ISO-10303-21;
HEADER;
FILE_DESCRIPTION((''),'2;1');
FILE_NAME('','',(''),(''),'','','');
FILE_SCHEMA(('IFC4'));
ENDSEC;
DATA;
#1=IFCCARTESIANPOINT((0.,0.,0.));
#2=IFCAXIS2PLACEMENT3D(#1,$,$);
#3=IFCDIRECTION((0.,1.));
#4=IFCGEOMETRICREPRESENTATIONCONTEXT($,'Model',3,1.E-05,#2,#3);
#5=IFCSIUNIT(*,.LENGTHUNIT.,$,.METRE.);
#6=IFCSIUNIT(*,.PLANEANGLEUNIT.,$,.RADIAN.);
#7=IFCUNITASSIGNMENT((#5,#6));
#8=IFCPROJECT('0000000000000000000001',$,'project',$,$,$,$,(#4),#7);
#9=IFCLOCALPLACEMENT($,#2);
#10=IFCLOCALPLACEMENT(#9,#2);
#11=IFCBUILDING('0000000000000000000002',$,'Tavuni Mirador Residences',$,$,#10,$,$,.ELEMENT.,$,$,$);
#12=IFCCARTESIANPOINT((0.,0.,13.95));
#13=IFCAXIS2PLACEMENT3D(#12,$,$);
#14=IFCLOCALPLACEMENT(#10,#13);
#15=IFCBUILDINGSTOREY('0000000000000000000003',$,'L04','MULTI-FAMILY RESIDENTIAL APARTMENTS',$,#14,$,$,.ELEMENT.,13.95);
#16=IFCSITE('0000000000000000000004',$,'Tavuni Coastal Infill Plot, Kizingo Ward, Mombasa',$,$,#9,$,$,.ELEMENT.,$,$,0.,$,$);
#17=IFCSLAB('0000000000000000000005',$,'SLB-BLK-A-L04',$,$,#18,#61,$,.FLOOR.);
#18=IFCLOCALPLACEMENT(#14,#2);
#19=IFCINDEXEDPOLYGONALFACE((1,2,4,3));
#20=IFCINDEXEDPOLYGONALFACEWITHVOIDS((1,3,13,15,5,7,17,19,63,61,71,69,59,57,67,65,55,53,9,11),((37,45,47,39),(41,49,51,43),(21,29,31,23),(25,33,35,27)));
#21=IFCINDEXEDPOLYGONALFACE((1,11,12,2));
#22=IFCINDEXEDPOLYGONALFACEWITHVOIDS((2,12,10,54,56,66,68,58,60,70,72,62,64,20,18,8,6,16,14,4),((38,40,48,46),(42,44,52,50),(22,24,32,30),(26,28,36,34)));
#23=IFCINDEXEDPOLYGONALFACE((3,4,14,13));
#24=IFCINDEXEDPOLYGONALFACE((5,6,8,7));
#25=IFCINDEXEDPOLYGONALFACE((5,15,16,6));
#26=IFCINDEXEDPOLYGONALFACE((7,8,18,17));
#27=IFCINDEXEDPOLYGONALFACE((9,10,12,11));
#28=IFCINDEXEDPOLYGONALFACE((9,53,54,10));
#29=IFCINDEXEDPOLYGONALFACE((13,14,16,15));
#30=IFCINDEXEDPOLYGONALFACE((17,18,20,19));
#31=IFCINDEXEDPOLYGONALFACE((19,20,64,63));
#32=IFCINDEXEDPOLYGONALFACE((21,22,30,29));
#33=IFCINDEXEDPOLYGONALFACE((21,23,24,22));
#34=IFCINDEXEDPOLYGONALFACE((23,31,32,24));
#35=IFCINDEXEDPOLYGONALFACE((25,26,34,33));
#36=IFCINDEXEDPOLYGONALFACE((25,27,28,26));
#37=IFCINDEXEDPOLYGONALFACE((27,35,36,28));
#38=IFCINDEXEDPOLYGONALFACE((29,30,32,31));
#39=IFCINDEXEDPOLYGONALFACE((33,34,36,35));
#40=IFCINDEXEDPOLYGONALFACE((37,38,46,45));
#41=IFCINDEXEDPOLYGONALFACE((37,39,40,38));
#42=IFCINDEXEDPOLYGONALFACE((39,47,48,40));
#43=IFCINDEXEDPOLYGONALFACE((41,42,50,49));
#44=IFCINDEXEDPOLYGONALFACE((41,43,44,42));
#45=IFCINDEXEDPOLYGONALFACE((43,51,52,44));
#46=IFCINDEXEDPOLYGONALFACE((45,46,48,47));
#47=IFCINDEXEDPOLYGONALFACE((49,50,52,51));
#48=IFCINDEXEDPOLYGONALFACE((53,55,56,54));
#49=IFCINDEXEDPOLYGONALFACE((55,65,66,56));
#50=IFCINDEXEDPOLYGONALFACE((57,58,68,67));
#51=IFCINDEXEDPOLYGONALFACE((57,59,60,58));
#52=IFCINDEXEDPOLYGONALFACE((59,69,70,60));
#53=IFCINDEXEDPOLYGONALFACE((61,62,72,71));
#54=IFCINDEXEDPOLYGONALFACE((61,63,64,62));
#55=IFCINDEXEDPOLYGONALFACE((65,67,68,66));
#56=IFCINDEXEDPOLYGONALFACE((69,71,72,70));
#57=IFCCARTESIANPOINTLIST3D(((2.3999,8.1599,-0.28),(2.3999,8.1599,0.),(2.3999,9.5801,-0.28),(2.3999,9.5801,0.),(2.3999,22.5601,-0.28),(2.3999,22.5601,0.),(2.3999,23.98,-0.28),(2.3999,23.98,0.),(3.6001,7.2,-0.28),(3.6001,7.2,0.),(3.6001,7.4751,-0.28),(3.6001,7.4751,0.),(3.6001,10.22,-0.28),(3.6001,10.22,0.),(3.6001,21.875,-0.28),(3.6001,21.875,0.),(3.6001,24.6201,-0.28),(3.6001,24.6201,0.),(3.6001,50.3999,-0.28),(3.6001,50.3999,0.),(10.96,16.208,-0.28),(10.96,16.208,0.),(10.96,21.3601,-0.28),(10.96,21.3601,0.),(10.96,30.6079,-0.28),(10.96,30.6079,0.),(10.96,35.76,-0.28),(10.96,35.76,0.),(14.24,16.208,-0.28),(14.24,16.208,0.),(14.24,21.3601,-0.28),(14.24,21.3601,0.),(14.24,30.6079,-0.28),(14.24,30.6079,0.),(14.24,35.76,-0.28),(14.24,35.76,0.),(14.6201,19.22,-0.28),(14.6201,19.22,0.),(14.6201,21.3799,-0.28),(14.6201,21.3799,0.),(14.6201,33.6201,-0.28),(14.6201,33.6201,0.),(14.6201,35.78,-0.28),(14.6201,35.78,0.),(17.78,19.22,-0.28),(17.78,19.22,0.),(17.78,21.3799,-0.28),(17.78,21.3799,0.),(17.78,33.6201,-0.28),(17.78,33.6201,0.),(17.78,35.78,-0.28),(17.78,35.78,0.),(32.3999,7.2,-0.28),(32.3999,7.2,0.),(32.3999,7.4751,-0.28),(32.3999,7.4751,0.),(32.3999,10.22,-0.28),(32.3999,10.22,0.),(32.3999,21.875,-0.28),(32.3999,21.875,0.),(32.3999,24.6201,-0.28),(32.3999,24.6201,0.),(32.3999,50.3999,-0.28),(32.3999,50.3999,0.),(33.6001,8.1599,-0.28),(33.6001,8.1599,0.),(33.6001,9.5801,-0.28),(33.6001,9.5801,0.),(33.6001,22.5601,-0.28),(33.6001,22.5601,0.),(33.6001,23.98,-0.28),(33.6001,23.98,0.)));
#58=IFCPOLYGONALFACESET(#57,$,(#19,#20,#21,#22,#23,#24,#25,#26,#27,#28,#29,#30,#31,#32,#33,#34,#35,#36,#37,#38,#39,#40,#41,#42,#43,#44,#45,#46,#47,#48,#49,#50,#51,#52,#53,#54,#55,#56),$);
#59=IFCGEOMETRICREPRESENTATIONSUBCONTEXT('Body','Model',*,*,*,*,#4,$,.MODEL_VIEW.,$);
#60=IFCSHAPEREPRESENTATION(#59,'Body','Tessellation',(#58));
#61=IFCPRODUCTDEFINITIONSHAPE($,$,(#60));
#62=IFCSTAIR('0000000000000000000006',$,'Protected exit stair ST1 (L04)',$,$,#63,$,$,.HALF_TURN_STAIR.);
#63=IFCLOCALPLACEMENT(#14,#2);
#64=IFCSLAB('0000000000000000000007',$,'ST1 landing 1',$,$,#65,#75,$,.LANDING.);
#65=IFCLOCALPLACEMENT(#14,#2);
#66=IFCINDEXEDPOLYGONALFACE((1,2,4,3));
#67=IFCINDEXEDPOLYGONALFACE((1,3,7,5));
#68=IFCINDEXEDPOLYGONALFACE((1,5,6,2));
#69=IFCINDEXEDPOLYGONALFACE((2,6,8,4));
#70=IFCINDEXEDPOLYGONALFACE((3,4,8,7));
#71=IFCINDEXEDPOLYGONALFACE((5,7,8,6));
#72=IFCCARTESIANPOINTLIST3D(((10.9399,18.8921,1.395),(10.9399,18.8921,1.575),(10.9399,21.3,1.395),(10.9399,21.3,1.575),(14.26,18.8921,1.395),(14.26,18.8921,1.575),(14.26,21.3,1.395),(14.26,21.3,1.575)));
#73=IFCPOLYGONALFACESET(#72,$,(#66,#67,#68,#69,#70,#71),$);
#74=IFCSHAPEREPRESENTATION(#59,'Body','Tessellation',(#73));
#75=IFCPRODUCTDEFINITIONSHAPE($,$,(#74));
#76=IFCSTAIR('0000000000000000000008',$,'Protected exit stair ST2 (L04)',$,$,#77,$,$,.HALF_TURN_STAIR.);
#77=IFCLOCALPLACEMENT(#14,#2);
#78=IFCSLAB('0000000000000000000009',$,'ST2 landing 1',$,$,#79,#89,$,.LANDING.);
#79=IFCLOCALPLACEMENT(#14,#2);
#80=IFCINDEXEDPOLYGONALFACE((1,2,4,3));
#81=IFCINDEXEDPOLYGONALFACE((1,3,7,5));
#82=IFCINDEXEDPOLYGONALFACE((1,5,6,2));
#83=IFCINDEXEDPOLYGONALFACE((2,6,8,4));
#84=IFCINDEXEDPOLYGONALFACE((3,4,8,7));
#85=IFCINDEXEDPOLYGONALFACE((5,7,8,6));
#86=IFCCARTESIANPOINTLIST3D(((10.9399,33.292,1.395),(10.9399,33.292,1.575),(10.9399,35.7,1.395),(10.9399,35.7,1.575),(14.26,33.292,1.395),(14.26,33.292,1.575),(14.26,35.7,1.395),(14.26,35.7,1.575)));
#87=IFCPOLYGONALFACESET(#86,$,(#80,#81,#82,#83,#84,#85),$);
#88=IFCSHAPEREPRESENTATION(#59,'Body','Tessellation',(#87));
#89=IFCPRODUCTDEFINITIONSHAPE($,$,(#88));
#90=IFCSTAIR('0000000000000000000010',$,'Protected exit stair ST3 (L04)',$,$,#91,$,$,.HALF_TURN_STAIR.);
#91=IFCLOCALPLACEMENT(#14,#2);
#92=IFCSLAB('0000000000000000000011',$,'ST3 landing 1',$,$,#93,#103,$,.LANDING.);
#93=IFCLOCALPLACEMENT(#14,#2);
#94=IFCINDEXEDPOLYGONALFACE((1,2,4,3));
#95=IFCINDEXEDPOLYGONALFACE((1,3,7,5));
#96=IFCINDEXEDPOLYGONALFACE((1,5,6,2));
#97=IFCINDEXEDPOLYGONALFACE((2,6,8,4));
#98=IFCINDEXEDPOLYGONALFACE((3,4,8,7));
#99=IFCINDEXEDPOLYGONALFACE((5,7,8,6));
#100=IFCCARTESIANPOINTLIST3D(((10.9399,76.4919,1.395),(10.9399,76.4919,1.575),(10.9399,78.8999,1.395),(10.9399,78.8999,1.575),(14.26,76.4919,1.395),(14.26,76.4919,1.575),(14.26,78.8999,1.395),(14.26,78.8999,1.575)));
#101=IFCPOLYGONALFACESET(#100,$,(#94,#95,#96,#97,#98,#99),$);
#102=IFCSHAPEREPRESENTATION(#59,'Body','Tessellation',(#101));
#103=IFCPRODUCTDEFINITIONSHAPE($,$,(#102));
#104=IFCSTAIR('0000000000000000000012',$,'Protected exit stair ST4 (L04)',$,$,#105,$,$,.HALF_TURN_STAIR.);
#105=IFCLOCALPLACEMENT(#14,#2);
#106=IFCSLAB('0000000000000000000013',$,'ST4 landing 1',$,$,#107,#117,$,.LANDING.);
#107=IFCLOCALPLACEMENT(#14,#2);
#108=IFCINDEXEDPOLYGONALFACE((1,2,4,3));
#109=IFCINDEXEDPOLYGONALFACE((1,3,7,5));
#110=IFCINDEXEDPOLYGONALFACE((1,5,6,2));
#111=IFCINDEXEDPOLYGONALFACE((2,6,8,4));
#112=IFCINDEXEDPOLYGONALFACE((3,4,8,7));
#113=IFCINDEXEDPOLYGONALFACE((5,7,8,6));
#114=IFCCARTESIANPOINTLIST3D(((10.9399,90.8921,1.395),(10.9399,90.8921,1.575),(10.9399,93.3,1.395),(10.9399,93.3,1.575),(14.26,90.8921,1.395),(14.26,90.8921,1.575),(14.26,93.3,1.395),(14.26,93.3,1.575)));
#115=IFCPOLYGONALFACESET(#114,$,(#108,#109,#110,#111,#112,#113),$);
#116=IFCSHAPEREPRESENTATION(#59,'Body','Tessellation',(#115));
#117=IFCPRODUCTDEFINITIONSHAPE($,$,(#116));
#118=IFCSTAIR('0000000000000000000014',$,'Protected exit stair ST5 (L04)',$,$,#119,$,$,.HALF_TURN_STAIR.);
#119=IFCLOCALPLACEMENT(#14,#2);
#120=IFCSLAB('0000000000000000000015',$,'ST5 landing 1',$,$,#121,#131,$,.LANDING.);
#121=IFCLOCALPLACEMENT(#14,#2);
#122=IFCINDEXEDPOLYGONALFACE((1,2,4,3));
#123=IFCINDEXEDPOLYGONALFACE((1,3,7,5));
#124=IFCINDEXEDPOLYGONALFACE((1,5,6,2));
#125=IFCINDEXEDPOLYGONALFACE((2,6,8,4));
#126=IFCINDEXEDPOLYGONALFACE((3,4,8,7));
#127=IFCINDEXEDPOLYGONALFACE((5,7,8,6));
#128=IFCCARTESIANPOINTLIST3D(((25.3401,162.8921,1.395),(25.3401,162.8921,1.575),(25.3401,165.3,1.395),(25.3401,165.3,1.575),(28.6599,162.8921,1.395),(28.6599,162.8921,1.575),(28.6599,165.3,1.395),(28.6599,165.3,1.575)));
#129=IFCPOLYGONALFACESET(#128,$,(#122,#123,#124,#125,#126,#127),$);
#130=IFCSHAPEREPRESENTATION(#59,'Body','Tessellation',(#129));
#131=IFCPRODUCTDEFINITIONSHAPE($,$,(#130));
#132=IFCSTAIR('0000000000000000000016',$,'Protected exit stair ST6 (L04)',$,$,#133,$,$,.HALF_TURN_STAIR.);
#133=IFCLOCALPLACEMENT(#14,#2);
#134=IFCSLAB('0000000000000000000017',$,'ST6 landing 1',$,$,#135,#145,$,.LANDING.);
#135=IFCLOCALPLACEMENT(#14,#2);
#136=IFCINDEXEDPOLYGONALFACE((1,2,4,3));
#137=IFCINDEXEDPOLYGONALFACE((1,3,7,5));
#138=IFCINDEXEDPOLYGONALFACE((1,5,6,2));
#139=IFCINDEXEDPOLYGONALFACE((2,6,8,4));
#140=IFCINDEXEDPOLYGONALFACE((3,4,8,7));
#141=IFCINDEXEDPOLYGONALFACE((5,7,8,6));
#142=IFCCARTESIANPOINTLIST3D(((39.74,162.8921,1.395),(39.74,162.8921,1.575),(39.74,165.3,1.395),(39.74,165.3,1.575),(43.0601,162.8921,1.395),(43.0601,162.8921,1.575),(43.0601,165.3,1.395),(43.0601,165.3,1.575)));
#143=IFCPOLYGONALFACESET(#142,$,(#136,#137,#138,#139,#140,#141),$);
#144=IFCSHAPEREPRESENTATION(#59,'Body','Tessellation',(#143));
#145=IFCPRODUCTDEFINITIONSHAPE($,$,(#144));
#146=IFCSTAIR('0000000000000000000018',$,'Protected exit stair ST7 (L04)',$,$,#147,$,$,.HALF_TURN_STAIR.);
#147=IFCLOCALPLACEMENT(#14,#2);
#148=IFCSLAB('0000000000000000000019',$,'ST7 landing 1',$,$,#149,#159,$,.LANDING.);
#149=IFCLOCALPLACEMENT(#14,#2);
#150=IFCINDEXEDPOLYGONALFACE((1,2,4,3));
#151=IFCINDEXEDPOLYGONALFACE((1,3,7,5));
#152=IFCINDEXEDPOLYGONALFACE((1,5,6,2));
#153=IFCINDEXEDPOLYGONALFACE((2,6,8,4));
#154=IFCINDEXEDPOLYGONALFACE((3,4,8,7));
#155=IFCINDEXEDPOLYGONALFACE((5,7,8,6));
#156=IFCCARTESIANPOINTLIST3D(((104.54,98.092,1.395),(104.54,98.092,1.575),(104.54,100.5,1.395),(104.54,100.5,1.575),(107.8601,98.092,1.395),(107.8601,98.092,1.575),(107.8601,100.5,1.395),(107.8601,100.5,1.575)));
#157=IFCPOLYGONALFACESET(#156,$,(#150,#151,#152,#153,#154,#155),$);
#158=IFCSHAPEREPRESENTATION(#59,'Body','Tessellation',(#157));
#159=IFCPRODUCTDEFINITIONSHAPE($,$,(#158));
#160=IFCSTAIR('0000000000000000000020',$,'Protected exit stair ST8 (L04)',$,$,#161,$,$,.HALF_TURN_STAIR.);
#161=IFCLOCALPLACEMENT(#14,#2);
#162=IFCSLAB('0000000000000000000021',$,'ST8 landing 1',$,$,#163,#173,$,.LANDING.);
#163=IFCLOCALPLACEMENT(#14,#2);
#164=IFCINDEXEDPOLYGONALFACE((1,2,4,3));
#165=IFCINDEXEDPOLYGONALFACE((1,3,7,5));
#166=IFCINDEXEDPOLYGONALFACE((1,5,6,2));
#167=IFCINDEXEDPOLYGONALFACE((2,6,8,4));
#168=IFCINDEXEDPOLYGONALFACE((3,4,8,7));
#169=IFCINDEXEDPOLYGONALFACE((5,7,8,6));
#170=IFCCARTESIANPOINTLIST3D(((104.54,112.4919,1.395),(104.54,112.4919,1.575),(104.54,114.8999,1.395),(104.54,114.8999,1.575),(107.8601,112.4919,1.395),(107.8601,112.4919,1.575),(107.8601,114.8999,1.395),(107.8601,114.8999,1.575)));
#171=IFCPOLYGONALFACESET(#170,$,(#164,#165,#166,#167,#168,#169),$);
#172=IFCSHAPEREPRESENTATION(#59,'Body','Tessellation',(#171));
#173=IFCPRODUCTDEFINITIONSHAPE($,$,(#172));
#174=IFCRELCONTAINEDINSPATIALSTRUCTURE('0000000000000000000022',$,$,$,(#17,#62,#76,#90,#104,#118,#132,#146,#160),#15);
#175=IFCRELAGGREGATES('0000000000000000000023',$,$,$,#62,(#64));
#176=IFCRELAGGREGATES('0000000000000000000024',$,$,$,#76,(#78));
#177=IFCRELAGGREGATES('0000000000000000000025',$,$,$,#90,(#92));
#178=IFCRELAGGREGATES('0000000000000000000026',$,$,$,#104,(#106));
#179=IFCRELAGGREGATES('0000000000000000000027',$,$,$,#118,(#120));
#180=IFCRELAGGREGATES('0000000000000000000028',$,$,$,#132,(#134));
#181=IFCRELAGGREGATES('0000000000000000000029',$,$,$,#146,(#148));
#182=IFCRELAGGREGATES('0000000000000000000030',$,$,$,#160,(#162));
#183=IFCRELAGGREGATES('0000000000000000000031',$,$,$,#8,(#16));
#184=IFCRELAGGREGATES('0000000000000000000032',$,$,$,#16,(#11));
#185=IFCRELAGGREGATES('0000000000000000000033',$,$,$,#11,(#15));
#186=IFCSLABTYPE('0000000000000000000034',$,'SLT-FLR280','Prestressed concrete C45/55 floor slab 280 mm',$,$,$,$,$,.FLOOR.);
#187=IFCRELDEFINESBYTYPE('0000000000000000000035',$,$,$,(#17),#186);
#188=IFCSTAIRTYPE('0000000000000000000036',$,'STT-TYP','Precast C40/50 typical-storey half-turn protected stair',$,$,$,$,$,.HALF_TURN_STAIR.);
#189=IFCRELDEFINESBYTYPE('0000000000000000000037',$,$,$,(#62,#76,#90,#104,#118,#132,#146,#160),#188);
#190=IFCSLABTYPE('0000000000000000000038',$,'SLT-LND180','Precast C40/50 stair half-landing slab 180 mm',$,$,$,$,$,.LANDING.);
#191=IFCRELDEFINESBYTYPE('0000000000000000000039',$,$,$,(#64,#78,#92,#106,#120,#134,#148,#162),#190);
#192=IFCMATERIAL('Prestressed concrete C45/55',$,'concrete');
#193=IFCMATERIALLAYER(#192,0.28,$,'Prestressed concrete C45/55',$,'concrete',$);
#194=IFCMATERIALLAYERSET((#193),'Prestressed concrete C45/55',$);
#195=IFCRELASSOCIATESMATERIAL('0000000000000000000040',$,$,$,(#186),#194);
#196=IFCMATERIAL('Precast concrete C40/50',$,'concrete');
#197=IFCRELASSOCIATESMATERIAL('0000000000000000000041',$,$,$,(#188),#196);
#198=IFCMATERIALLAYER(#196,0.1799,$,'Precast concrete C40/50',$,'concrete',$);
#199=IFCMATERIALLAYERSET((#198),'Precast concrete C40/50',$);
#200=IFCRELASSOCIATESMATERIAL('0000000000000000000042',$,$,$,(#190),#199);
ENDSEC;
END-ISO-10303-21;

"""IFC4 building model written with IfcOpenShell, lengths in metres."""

from ifc_helpers import new_model, si_unit, direction, frame, origin, place, context, subcontext, project, spatial, polyline, outline, extrude, material, layer, layer_set, type_object, element, aggregate, save


model = new_model("IFC4")

# Units and contexts
model_context = context("Model", 3, precision=1e-05, world=origin(), true_north=direction((0.0, 1.0)))
body_context = subcontext(model_context, "Body", "Model", "MODEL_VIEW")
ifc_project = project(units=[si_unit("LENGTHUNIT", "METRE"), si_unit("PLANEANGLEUNIT", "RADIAN")], contexts=[model_context])

# Site, building, storey
site_placement = place(None, origin())
site = spatial("IfcSite", under=ifc_project, at=site_placement, Name="Tavuni Coastal Infill Plot, Kizingo Ward, Mombasa", CompositionType="ELEMENT", RefElevation=0.0)
building_placement = place(site_placement, origin())
building = spatial("IfcBuilding", under=site, at=building_placement, Name="Tavuni Mirador Residences", CompositionType="ELEMENT")
storey_placement = place(building_placement, frame((0.0, 0.0, 13.95)))
storey = spatial("IfcBuildingStorey", under=building, at=storey_placement, Name="L04", Description="MULTI-FAMILY RESIDENTIAL APARTMENTS", CompositionType="ELEMENT", Elevation=13.95)

# Slab
ifc_material_1 = material(Name="Prestressed concrete C45/55", Category="concrete")
ifc_layer_1 = layer(ifc_material_1, 0.28, Name="Prestressed concrete C45/55", Category="concrete")
ifc_layer_set_1 = layer_set([ifc_layer_1], Name="Prestressed concrete C45/55")
slab_type_1 = type_object("IfcSlabType", Name="SLT-FLR280", Description="Prestressed concrete C45/55 floor slab 280 mm", PredefinedType="FLOOR", material=ifc_layer_set_1)
slab_1_placement = place(storey_placement, frame((0.0, 0.0, -0.28)))
element("IfcSlab", 1, at=slab_1_placement, inside=storey, type_object=slab_type_1, Name="SLB-BLK-A-L04", PredefinedType="FLOOR", context=body_context, shape_type="SweptSolid", body=[
    extrude(outline(polyline([(3.6001, 7.2), (32.3999, 7.2), (32.3999, 7.4751), (33.6001, 8.1599), (33.6001, 9.5801), (32.3999, 10.22), (32.3999, 21.875), (33.6001, 22.5601), (33.6001, 23.98), (32.3999, 24.6201), (32.3999, 50.3999), (3.6001, 50.3999), (3.6001, 24.6201), (2.3999, 23.98), (2.3999, 22.5601), (3.6001, 21.875), (3.6001, 10.22), (2.3999, 9.5801), (2.3999, 8.1599), (3.6001, 7.4751), (3.6001, 7.2)]), holes=[polyline([(10.96, 16.208), (14.24, 16.208), (14.24, 21.3601), (10.96, 21.3601), (10.96, 16.208)]), polyline([(14.6201, 19.22), (17.78, 19.22), (17.78, 21.3799), (14.6201, 21.3799), (14.6201, 19.22)]), polyline([(10.96, 30.6079), (14.24, 30.6079), (14.24, 35.76), (10.96, 35.76), (10.96, 30.6079)]), polyline([(14.6201, 33.6201), (17.78, 33.6201), (17.78, 35.78), (14.6201, 35.78), (14.6201, 33.6201)])]), origin(), (0.0, 0.0, 1.0), 0.28),
])

# Stairs, slabs
ifc_material_2 = material(Name="Precast concrete C40/50", Category="concrete")
stair_type = type_object("IfcStairType", Name="STT-TYP", Description="Precast C40/50 typical-storey half-turn protected stair", PredefinedType="HALF_TURN_STAIR", material=ifc_material_2)
stair_1_placement = place(storey_placement, origin())
stair_1 = element("IfcStair", 2, at=stair_1_placement, inside=storey, type_object=stair_type, Name="Protected exit stair ST1 (L04)", PredefinedType="HALF_TURN_STAIR")
ifc_layer_2 = layer(ifc_material_2, 0.1799, Name="Precast concrete C40/50", Category="concrete")
ifc_layer_set_2 = layer_set([ifc_layer_2], Name="Precast concrete C40/50")
slab_type_2 = type_object("IfcSlabType", Name="SLT-LND180", Description="Precast C40/50 stair half-landing slab 180 mm", PredefinedType="LANDING", material=ifc_layer_set_2)
slab_2_placement = place(storey_placement, frame((0.0, 0.0, 1.395)))
slab_2 = element("IfcSlab", 3, at=slab_2_placement, type_object=slab_type_2, Name="ST1 landing 1", PredefinedType="LANDING", context=body_context, shape_type="SweptSolid", body=[
    extrude(outline(polyline([(10.9399, 18.8921), (14.26, 18.8921), (14.26, 21.3), (10.9399, 21.3), (10.9399, 18.8921)])), origin(), (0.0, 0.0, 1.0), 0.1799),
])
aggregate(stair_1, [slab_2])
stair_2_placement = place(storey_placement, origin())
stair_2 = element("IfcStair", 4, at=stair_2_placement, inside=storey, type_object=stair_type, Name="Protected exit stair ST2 (L04)", PredefinedType="HALF_TURN_STAIR")
slab_3_placement = place(storey_placement, frame((0.0, 0.0, 1.395)))
slab_3 = element("IfcSlab", 5, at=slab_3_placement, type_object=slab_type_2, Name="ST2 landing 1", PredefinedType="LANDING", context=body_context, shape_type="SweptSolid", body=[
    extrude(outline(polyline([(10.9399, 33.292), (14.26, 33.292), (14.26, 35.7), (10.9399, 35.7), (10.9399, 33.292)])), origin(), (0.0, 0.0, 1.0), 0.1799),
])
aggregate(stair_2, [slab_3])
stair_3_placement = place(storey_placement, origin())
stair_3 = element("IfcStair", 6, at=stair_3_placement, inside=storey, type_object=stair_type, Name="Protected exit stair ST3 (L04)", PredefinedType="HALF_TURN_STAIR")
slab_4_placement = place(storey_placement, frame((0.0, 0.0, 1.395)))
slab_4 = element("IfcSlab", 7, at=slab_4_placement, type_object=slab_type_2, Name="ST3 landing 1", PredefinedType="LANDING", context=body_context, shape_type="SweptSolid", body=[
    extrude(outline(polyline([(10.9399, 76.4919), (14.26, 76.4919), (14.26, 78.8999), (10.9399, 78.8999), (10.9399, 76.4919)])), origin(), (0.0, 0.0, 1.0), 0.1799),
])
aggregate(stair_3, [slab_4])
stair_4_placement = place(storey_placement, origin())
stair_4 = element("IfcStair", 8, at=stair_4_placement, inside=storey, type_object=stair_type, Name="Protected exit stair ST4 (L04)", PredefinedType="HALF_TURN_STAIR")
slab_5_placement = place(storey_placement, frame((0.0, 0.0, 1.395)))
slab_5 = element("IfcSlab", 9, at=slab_5_placement, type_object=slab_type_2, Name="ST4 landing 1", PredefinedType="LANDING", context=body_context, shape_type="SweptSolid", body=[
    extrude(outline(polyline([(10.9399, 90.8921), (14.26, 90.8921), (14.26, 93.3), (10.9399, 93.3), (10.9399, 90.8921)])), origin(), (0.0, 0.0, 1.0), 0.1799),
])
aggregate(stair_4, [slab_5])
stair_5_placement = place(storey_placement, origin())
stair_5 = element("IfcStair", 10, at=stair_5_placement, inside=storey, type_object=stair_type, Name="Protected exit stair ST5 (L04)", PredefinedType="HALF_TURN_STAIR")
slab_6_placement = place(storey_placement, frame((0.0, 0.0, 1.395)))
slab_6 = element("IfcSlab", 11, at=slab_6_placement, type_object=slab_type_2, Name="ST5 landing 1", PredefinedType="LANDING", context=body_context, shape_type="SweptSolid", body=[
    extrude(outline(polyline([(25.3401, 162.8921), (28.6599, 162.8921), (28.6599, 165.3), (25.3401, 165.3), (25.3401, 162.8921)])), origin(), (0.0, 0.0, 1.0), 0.1799),
])
aggregate(stair_5, [slab_6])
stair_6_placement = place(storey_placement, origin())
stair_6 = element("IfcStair", 12, at=stair_6_placement, inside=storey, type_object=stair_type, Name="Protected exit stair ST6 (L04)", PredefinedType="HALF_TURN_STAIR")
slab_7_placement = place(storey_placement, frame((0.0, 0.0, 1.395)))
slab_7 = element("IfcSlab", 13, at=slab_7_placement, type_object=slab_type_2, Name="ST6 landing 1", PredefinedType="LANDING", context=body_context, shape_type="SweptSolid", body=[
    extrude(outline(polyline([(39.74, 162.8921), (43.0601, 162.8921), (43.0601, 165.3), (39.74, 165.3), (39.74, 162.8921)])), origin(), (0.0, 0.0, 1.0), 0.1799),
])
aggregate(stair_6, [slab_7])
stair_7_placement = place(storey_placement, origin())
stair_7 = element("IfcStair", 14, at=stair_7_placement, inside=storey, type_object=stair_type, Name="Protected exit stair ST7 (L04)", PredefinedType="HALF_TURN_STAIR")
slab_8_placement = place(storey_placement, frame((0.0, 0.0, 1.395)))
slab_8 = element("IfcSlab", 15, at=slab_8_placement, type_object=slab_type_2, Name="ST7 landing 1", PredefinedType="LANDING", context=body_context, shape_type="SweptSolid", body=[
    extrude(outline(polyline([(104.54, 98.092), (107.8601, 98.092), (107.8601, 100.5), (104.54, 100.5), (104.54, 98.092)])), origin(), (0.0, 0.0, 1.0), 0.1799),
])
aggregate(stair_7, [slab_8])
stair_8_placement = place(storey_placement, origin())
stair_8 = element("IfcStair", 16, at=stair_8_placement, inside=storey, type_object=stair_type, Name="Protected exit stair ST8 (L04)", PredefinedType="HALF_TURN_STAIR")
slab_9_placement = place(storey_placement, frame((0.0, 0.0, 1.395)))
slab_9 = element("IfcSlab", 17, at=slab_9_placement, type_object=slab_type_2, Name="ST8 landing 1", PredefinedType="LANDING", context=body_context, shape_type="SweptSolid", body=[
    extrude(outline(polyline([(104.54, 112.4919), (107.8601, 112.4919), (107.8601, 114.8999), (104.54, 114.8999), (104.54, 112.4919)])), origin(), (0.0, 0.0, 1.0), 0.1799),
])
aggregate(stair_8, [slab_9])

save(model, "model.ifc")
